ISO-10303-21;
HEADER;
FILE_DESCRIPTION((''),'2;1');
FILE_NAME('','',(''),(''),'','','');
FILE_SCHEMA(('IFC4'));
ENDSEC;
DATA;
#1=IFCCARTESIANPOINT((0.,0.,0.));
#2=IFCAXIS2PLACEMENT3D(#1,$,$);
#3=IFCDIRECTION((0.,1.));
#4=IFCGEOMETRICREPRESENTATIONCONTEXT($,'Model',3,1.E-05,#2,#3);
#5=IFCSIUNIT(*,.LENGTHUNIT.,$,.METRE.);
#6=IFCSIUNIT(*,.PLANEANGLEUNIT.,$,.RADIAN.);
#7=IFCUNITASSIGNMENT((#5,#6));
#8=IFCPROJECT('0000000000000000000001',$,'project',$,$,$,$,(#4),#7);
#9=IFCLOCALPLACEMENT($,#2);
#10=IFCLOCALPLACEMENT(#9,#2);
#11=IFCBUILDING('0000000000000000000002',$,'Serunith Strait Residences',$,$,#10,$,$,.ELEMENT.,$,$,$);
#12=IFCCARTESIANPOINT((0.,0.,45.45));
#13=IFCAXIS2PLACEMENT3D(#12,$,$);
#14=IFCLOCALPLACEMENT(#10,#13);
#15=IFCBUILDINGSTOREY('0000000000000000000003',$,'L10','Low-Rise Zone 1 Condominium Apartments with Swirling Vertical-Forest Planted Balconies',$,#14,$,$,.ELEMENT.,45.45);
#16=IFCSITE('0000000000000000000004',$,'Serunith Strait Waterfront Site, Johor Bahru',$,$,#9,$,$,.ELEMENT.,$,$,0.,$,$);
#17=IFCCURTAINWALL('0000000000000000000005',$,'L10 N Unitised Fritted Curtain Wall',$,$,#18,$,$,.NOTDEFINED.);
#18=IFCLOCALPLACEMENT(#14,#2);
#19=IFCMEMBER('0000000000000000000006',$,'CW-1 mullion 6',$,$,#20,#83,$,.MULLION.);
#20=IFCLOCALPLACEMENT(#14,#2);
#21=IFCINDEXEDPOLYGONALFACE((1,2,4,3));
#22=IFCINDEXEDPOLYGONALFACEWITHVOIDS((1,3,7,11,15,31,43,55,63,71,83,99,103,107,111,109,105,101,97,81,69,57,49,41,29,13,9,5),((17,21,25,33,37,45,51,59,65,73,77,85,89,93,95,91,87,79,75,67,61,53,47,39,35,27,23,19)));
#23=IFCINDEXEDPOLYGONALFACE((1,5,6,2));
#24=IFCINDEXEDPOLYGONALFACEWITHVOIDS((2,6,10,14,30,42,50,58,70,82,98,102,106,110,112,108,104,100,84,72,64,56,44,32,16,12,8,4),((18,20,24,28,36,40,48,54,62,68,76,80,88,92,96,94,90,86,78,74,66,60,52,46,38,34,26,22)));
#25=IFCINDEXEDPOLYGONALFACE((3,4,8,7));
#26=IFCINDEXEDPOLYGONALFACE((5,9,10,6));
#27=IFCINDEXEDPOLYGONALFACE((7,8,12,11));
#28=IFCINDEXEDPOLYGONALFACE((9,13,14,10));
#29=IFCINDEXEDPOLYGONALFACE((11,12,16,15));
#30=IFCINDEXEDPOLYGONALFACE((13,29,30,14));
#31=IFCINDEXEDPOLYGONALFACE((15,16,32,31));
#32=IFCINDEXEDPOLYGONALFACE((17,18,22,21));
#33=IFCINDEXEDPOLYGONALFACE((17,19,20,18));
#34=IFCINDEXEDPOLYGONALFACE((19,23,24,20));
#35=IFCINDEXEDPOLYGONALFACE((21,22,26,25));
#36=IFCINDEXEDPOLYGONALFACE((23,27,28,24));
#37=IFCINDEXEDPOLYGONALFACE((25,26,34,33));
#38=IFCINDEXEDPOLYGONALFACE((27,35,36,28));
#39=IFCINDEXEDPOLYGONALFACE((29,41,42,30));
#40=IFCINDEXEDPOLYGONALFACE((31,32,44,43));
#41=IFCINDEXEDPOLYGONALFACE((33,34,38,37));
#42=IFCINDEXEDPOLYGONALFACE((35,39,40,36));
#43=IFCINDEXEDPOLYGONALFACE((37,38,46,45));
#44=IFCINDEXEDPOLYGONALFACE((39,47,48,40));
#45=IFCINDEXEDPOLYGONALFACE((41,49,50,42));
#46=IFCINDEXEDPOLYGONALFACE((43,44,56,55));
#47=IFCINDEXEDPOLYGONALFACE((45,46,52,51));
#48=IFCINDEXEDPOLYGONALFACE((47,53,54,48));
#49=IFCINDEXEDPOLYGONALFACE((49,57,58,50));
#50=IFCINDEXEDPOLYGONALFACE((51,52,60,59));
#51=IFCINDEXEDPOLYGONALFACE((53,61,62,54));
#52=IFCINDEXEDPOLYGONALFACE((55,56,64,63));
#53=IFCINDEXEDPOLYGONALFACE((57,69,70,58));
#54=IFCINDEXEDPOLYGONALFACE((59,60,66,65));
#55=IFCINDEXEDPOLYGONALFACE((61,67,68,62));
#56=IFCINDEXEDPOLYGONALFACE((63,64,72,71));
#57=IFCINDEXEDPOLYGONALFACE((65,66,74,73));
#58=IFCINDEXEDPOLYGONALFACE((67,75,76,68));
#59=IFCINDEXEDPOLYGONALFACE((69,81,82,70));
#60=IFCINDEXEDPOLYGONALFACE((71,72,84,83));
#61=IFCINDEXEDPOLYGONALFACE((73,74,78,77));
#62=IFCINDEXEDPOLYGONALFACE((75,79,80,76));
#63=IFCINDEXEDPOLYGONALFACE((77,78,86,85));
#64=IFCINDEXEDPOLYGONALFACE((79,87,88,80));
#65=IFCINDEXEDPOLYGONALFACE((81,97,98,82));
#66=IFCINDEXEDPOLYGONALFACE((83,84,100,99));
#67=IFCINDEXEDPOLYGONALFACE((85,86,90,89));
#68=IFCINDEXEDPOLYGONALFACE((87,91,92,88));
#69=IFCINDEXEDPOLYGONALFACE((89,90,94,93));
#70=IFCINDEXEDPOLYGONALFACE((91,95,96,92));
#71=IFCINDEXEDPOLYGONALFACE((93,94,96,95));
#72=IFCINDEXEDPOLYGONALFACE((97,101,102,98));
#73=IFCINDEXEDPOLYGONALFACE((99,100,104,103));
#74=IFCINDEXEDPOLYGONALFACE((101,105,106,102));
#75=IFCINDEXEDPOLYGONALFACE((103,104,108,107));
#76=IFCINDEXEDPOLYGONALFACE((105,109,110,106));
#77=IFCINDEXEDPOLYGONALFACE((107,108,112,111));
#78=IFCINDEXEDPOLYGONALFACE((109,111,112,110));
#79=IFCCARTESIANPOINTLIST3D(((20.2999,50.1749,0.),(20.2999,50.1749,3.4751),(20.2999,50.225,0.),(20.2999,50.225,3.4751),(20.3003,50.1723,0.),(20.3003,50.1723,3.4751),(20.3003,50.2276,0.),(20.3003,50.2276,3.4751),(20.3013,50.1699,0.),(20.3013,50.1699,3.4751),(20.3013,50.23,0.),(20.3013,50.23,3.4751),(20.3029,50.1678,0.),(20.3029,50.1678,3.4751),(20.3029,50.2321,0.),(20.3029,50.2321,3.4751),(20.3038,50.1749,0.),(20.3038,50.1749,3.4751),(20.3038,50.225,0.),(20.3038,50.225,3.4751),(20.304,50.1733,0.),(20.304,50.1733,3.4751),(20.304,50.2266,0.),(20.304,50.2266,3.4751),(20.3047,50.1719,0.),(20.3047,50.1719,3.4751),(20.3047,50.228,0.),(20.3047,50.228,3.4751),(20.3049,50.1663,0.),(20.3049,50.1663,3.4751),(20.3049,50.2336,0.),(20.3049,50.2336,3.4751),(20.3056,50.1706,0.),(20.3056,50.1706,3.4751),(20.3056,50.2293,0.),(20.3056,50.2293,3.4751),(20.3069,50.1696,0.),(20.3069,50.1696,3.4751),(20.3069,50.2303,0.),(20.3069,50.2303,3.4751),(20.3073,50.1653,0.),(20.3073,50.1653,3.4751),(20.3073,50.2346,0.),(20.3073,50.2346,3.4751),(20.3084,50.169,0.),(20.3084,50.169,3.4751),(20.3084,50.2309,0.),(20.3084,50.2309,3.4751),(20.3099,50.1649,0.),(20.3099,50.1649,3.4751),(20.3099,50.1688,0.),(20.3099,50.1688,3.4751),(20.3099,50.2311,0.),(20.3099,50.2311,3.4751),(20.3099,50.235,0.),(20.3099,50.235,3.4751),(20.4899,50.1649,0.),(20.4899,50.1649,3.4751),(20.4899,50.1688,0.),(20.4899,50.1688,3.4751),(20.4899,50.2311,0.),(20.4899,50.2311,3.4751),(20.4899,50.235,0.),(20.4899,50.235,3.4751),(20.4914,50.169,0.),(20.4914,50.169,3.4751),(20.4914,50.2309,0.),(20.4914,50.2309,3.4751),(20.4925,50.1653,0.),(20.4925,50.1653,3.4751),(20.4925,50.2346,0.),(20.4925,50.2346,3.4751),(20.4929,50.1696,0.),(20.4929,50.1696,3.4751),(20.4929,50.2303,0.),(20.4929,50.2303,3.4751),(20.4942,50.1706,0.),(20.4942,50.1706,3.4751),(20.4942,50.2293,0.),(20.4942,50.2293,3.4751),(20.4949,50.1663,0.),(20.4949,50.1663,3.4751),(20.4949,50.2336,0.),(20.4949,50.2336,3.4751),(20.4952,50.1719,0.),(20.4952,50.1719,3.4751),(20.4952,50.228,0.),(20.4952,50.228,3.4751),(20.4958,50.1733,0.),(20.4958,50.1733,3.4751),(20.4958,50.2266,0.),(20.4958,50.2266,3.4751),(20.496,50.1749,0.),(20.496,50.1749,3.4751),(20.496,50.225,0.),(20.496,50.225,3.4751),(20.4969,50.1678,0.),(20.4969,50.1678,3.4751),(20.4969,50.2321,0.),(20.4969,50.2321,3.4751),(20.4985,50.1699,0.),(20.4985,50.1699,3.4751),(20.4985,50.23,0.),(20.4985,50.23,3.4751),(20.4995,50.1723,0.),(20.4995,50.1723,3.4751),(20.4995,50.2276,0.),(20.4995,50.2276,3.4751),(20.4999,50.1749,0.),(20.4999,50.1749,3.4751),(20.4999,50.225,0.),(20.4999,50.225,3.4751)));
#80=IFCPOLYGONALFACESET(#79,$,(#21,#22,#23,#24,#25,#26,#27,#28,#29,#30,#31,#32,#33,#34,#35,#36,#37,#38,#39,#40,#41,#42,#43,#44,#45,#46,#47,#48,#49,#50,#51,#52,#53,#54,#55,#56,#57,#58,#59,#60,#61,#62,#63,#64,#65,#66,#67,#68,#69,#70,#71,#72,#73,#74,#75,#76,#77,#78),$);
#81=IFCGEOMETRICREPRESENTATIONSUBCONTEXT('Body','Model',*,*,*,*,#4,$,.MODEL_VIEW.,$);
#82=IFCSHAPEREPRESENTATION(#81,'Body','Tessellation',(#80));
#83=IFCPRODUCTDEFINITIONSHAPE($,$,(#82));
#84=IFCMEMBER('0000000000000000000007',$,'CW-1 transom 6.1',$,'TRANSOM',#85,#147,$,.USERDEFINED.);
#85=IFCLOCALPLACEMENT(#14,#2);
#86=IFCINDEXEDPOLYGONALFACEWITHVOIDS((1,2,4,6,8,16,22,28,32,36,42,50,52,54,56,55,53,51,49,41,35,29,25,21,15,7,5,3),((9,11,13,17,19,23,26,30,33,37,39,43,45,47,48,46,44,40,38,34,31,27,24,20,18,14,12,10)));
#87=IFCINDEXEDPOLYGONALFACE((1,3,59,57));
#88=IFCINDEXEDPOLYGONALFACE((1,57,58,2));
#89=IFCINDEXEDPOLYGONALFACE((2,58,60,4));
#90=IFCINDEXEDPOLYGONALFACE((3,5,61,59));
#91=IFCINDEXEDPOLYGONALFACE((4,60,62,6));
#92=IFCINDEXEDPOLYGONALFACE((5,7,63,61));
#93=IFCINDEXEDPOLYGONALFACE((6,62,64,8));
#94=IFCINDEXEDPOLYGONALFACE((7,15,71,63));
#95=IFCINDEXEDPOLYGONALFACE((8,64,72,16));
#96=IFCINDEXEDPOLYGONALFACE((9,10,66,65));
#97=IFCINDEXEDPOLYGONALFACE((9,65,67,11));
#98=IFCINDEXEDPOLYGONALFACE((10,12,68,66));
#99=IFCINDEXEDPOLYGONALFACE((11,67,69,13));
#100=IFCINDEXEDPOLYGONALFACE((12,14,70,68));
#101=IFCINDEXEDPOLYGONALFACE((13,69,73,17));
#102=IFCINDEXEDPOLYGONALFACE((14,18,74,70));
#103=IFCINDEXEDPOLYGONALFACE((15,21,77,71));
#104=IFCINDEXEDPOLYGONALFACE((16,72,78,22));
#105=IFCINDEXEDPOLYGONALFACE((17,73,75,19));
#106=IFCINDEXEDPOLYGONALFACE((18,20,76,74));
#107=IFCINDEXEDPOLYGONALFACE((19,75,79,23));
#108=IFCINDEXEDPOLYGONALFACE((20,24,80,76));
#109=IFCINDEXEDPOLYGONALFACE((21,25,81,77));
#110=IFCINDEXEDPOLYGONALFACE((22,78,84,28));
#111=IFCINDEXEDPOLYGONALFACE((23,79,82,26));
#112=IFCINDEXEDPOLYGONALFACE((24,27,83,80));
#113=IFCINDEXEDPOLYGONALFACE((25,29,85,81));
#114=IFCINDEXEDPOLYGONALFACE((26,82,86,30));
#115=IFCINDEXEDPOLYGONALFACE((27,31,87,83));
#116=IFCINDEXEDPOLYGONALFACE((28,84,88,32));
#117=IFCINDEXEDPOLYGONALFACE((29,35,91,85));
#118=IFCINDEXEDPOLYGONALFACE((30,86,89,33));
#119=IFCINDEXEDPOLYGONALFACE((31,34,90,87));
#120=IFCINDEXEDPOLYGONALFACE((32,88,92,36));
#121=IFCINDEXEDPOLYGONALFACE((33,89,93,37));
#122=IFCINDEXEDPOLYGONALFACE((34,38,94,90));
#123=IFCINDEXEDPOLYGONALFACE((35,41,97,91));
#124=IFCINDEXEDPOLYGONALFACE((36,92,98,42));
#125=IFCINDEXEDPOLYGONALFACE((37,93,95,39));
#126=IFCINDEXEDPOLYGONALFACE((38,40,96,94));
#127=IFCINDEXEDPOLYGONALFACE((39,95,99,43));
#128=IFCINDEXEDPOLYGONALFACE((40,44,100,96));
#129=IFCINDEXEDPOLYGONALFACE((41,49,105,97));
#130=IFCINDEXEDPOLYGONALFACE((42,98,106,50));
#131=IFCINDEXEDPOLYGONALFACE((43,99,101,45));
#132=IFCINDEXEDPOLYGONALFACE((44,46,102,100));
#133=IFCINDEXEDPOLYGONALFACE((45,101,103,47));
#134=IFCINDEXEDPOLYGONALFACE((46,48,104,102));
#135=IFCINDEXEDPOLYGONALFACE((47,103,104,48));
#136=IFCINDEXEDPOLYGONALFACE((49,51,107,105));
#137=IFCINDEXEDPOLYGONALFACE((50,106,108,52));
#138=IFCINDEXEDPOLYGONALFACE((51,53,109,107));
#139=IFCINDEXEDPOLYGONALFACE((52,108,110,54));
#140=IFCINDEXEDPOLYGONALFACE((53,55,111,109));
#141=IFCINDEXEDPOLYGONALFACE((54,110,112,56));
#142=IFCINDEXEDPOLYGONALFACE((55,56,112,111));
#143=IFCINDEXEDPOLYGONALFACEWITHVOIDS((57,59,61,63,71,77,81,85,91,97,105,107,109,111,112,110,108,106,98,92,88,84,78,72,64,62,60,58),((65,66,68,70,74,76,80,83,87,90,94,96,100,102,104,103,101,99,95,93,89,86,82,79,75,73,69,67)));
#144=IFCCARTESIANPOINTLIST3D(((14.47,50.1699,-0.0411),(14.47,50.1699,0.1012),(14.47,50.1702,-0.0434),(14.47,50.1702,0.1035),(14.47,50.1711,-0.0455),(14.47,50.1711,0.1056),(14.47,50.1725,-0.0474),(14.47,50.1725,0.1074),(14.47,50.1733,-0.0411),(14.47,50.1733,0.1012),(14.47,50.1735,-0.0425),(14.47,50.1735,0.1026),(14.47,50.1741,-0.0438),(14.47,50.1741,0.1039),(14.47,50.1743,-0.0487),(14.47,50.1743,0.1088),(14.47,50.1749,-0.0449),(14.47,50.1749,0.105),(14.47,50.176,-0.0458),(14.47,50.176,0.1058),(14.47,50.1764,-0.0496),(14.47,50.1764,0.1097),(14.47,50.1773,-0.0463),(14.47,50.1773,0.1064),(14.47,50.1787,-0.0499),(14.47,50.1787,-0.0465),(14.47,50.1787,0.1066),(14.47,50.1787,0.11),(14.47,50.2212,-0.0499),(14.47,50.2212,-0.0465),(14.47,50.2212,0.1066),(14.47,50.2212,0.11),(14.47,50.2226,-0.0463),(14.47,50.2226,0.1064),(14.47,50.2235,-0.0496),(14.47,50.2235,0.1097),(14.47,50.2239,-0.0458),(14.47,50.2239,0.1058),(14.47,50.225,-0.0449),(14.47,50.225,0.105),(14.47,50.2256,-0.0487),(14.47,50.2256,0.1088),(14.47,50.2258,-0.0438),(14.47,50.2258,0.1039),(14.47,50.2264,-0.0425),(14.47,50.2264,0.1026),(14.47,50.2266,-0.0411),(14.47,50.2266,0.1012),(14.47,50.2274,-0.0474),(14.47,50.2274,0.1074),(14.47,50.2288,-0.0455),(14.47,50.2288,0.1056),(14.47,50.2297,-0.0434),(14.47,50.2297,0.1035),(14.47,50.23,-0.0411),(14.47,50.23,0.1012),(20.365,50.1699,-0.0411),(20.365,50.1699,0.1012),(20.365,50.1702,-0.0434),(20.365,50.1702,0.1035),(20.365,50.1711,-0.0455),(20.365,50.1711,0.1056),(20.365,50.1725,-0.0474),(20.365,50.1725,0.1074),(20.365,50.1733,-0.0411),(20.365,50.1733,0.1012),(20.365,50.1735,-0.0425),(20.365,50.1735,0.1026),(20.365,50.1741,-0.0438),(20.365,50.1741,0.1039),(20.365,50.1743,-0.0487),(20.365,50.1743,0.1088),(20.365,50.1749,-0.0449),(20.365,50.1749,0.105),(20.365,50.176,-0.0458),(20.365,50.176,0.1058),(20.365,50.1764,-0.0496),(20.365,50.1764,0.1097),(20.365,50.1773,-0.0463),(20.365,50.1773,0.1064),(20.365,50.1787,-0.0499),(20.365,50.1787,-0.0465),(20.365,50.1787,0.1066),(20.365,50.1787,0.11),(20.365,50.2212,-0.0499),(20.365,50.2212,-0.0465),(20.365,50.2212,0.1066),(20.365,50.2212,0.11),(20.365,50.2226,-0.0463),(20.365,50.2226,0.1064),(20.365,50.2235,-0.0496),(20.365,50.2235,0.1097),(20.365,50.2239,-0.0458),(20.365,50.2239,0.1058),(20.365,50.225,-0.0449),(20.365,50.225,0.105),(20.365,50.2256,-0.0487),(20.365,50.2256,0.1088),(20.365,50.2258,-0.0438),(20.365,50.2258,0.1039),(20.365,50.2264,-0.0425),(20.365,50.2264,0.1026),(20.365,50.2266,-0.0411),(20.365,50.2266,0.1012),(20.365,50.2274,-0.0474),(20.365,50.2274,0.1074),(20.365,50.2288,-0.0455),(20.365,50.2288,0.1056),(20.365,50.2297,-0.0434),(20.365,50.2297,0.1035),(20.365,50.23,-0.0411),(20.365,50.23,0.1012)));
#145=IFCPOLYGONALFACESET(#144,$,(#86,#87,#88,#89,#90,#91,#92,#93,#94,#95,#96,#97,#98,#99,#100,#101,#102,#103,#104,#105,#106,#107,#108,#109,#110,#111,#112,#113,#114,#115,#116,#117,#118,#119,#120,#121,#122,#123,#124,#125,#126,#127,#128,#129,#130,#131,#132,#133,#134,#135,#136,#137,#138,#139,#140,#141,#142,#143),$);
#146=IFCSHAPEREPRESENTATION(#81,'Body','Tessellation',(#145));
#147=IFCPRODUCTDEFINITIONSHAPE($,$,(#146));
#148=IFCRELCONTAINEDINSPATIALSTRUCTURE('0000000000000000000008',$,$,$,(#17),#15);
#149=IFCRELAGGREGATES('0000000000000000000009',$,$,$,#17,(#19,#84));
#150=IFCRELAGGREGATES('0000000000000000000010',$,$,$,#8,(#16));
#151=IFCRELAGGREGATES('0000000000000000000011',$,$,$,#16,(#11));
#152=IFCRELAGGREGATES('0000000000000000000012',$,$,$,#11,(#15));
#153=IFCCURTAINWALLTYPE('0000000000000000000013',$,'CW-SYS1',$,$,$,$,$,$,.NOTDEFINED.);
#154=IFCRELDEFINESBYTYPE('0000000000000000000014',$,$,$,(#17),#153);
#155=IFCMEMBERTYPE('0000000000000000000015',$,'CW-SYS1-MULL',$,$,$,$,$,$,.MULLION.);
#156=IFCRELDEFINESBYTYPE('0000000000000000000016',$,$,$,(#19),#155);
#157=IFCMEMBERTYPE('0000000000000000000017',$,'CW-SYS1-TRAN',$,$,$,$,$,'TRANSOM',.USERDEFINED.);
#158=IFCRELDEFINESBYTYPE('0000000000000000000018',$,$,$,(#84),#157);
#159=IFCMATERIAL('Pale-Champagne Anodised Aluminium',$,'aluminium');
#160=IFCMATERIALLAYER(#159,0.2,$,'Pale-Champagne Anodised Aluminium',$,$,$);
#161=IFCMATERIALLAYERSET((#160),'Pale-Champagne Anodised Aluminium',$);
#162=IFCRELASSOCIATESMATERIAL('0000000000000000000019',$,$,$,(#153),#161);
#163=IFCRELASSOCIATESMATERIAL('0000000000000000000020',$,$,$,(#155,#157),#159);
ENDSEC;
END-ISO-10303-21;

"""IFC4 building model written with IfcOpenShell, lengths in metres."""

from ifc_helpers import new_model, si_unit, direction, frame, origin, origin_2d, place, context, subcontext, project, spatial, hollow_rectangle, extrude, source, transform, mapped, material, layer, layer_set, material_profile, profile_set, type_object, element, aggregate, save


model = new_model("IFC4")

# Units and contexts
model_context = context("Model", 3, precision=1e-05, world=origin(), true_north=direction((0.0, 1.0)))
body_context = subcontext(model_context, "Body", "Model", "MODEL_VIEW")
ifc_project = project(units=[si_unit("LENGTHUNIT", "METRE"), si_unit("PLANEANGLEUNIT", "RADIAN")], contexts=[model_context])

# Site, building, storey
site_placement = place(None, origin())
site = spatial("IfcSite", under=ifc_project, at=site_placement, Name="Serunith Strait Waterfront Site, Johor Bahru", CompositionType="ELEMENT", RefElevation=0.0)
building_placement = place(site_placement, origin())
building = spatial("IfcBuilding", under=site, at=building_placement, Name="Serunith Strait Residences", CompositionType="ELEMENT")
storey_placement = place(building_placement, frame((0.0, 0.0, 45.45)))
storey = spatial("IfcBuildingStorey", under=building, at=storey_placement, Name="L10", Description="Low-Rise Zone 1 Condominium Apartments with Swirling Vertical-Forest Planted Balconies", CompositionType="ELEMENT", Elevation=45.45)

# Curtain wall, members
ifc_material_1 = material(Name="Pale-Champagne Anodised Aluminium", Category="aluminium")
ifc_layer_1 = layer(ifc_material_1, 0.2, Name="Pale-Champagne Anodised Aluminium")
ifc_layer_set_1 = layer_set([ifc_layer_1], Name="Pale-Champagne Anodised Aluminium")
curtain_wall_type = type_object("IfcCurtainWallType", Name="CW-SYS1", PredefinedType="NOTDEFINED", material=ifc_layer_set_1)
curtain_wall_placement = place(storey_placement, origin())
curtain_wall = element("IfcCurtainWall", 1, at=curtain_wall_placement, inside=storey, type_object=curtain_wall_type, Name="L10 N Unitised Fritted Curtain Wall", PredefinedType="NOTDEFINED")
ifc_material_profile_1 = material_profile(ifc_material_1, hollow_rectangle(XDim=0.0701, YDim=0.2, WallThickness=0.0039, InnerFilletRadius=0.0061, OuterFilletRadius=0.01, at=origin_2d()), Name="ALU 200x70x4")
ifc_profile_set_1 = profile_set([ifc_material_profile_1], Name="Pale-Champagne Anodised Aluminium")
member_type_1 = type_object("IfcMemberType", Name="CW-SYS1-MULL", PredefinedType="MULLION", material=ifc_profile_set_1)
shared_shape_1 = source(origin(), body_context, "Body", "SweptSolid", [
    extrude(hollow_rectangle(XDim=0.0701, YDim=0.2, WallThickness=0.0039, InnerFilletRadius=0.0061, OuterFilletRadius=0.01, at=origin_2d()), origin(), (0.0, 0.0, 1.0), 3.4751),
])
member_1_placement = place(storey_placement, frame((20.3999, 50.2, 0.0), z_axis=(0.0, 0.0, 1.0), x_axis=(0.0, -1.0, 0.0)))
member_1 = element("IfcMember", 2, at=member_1_placement, type_object=member_type_1, Name="CW-1 mullion 6", PredefinedType="MULLION", context=body_context, shape_type="MappedRepresentation", body=[
    mapped(shared_shape_1, transform((0.0, 0.0, 0.0), scale=1.0)),
])
ifc_material_profile_2 = material_profile(ifc_material_1, hollow_rectangle(XDim=0.0601, YDim=0.1599, WallThickness=0.0034, InnerFilletRadius=0.0054, OuterFilletRadius=0.0088, at=origin_2d()), Name="ALU 160x60x3.5")
ifc_profile_set_2 = profile_set([ifc_material_profile_2], Name="Pale-Champagne Anodised Aluminium")
member_type_2 = type_object("IfcMemberType", Name="CW-SYS1-TRAN", ElementType="TRANSOM", PredefinedType="USERDEFINED", material=ifc_profile_set_2)
shared_shape_2 = source(origin(), body_context, "Body", "SweptSolid", [
    extrude(hollow_rectangle(XDim=0.0601, YDim=0.1599, WallThickness=0.0034, InnerFilletRadius=0.0054, OuterFilletRadius=0.0088, at=origin_2d()), origin(), (0.0, 0.0, 1.0), 5.895),
])
member_2_placement = place(storey_placement, frame((20.365, 50.2, 0.03), z_axis=(-1.0, 0.0, 0.0), x_axis=(0.0, -1.0, 0.0)))
member_2 = element("IfcMember", 3, at=member_2_placement, type_object=member_type_2, Name="CW-1 transom 6.1", ObjectType="TRANSOM", PredefinedType="USERDEFINED", context=body_context, shape_type="MappedRepresentation", body=[
    mapped(shared_shape_2, transform((0.0, 0.0, 0.0), scale=1.0)),
])
aggregate(curtain_wall, [member_1, member_2])

save(model, "model.ifc")
